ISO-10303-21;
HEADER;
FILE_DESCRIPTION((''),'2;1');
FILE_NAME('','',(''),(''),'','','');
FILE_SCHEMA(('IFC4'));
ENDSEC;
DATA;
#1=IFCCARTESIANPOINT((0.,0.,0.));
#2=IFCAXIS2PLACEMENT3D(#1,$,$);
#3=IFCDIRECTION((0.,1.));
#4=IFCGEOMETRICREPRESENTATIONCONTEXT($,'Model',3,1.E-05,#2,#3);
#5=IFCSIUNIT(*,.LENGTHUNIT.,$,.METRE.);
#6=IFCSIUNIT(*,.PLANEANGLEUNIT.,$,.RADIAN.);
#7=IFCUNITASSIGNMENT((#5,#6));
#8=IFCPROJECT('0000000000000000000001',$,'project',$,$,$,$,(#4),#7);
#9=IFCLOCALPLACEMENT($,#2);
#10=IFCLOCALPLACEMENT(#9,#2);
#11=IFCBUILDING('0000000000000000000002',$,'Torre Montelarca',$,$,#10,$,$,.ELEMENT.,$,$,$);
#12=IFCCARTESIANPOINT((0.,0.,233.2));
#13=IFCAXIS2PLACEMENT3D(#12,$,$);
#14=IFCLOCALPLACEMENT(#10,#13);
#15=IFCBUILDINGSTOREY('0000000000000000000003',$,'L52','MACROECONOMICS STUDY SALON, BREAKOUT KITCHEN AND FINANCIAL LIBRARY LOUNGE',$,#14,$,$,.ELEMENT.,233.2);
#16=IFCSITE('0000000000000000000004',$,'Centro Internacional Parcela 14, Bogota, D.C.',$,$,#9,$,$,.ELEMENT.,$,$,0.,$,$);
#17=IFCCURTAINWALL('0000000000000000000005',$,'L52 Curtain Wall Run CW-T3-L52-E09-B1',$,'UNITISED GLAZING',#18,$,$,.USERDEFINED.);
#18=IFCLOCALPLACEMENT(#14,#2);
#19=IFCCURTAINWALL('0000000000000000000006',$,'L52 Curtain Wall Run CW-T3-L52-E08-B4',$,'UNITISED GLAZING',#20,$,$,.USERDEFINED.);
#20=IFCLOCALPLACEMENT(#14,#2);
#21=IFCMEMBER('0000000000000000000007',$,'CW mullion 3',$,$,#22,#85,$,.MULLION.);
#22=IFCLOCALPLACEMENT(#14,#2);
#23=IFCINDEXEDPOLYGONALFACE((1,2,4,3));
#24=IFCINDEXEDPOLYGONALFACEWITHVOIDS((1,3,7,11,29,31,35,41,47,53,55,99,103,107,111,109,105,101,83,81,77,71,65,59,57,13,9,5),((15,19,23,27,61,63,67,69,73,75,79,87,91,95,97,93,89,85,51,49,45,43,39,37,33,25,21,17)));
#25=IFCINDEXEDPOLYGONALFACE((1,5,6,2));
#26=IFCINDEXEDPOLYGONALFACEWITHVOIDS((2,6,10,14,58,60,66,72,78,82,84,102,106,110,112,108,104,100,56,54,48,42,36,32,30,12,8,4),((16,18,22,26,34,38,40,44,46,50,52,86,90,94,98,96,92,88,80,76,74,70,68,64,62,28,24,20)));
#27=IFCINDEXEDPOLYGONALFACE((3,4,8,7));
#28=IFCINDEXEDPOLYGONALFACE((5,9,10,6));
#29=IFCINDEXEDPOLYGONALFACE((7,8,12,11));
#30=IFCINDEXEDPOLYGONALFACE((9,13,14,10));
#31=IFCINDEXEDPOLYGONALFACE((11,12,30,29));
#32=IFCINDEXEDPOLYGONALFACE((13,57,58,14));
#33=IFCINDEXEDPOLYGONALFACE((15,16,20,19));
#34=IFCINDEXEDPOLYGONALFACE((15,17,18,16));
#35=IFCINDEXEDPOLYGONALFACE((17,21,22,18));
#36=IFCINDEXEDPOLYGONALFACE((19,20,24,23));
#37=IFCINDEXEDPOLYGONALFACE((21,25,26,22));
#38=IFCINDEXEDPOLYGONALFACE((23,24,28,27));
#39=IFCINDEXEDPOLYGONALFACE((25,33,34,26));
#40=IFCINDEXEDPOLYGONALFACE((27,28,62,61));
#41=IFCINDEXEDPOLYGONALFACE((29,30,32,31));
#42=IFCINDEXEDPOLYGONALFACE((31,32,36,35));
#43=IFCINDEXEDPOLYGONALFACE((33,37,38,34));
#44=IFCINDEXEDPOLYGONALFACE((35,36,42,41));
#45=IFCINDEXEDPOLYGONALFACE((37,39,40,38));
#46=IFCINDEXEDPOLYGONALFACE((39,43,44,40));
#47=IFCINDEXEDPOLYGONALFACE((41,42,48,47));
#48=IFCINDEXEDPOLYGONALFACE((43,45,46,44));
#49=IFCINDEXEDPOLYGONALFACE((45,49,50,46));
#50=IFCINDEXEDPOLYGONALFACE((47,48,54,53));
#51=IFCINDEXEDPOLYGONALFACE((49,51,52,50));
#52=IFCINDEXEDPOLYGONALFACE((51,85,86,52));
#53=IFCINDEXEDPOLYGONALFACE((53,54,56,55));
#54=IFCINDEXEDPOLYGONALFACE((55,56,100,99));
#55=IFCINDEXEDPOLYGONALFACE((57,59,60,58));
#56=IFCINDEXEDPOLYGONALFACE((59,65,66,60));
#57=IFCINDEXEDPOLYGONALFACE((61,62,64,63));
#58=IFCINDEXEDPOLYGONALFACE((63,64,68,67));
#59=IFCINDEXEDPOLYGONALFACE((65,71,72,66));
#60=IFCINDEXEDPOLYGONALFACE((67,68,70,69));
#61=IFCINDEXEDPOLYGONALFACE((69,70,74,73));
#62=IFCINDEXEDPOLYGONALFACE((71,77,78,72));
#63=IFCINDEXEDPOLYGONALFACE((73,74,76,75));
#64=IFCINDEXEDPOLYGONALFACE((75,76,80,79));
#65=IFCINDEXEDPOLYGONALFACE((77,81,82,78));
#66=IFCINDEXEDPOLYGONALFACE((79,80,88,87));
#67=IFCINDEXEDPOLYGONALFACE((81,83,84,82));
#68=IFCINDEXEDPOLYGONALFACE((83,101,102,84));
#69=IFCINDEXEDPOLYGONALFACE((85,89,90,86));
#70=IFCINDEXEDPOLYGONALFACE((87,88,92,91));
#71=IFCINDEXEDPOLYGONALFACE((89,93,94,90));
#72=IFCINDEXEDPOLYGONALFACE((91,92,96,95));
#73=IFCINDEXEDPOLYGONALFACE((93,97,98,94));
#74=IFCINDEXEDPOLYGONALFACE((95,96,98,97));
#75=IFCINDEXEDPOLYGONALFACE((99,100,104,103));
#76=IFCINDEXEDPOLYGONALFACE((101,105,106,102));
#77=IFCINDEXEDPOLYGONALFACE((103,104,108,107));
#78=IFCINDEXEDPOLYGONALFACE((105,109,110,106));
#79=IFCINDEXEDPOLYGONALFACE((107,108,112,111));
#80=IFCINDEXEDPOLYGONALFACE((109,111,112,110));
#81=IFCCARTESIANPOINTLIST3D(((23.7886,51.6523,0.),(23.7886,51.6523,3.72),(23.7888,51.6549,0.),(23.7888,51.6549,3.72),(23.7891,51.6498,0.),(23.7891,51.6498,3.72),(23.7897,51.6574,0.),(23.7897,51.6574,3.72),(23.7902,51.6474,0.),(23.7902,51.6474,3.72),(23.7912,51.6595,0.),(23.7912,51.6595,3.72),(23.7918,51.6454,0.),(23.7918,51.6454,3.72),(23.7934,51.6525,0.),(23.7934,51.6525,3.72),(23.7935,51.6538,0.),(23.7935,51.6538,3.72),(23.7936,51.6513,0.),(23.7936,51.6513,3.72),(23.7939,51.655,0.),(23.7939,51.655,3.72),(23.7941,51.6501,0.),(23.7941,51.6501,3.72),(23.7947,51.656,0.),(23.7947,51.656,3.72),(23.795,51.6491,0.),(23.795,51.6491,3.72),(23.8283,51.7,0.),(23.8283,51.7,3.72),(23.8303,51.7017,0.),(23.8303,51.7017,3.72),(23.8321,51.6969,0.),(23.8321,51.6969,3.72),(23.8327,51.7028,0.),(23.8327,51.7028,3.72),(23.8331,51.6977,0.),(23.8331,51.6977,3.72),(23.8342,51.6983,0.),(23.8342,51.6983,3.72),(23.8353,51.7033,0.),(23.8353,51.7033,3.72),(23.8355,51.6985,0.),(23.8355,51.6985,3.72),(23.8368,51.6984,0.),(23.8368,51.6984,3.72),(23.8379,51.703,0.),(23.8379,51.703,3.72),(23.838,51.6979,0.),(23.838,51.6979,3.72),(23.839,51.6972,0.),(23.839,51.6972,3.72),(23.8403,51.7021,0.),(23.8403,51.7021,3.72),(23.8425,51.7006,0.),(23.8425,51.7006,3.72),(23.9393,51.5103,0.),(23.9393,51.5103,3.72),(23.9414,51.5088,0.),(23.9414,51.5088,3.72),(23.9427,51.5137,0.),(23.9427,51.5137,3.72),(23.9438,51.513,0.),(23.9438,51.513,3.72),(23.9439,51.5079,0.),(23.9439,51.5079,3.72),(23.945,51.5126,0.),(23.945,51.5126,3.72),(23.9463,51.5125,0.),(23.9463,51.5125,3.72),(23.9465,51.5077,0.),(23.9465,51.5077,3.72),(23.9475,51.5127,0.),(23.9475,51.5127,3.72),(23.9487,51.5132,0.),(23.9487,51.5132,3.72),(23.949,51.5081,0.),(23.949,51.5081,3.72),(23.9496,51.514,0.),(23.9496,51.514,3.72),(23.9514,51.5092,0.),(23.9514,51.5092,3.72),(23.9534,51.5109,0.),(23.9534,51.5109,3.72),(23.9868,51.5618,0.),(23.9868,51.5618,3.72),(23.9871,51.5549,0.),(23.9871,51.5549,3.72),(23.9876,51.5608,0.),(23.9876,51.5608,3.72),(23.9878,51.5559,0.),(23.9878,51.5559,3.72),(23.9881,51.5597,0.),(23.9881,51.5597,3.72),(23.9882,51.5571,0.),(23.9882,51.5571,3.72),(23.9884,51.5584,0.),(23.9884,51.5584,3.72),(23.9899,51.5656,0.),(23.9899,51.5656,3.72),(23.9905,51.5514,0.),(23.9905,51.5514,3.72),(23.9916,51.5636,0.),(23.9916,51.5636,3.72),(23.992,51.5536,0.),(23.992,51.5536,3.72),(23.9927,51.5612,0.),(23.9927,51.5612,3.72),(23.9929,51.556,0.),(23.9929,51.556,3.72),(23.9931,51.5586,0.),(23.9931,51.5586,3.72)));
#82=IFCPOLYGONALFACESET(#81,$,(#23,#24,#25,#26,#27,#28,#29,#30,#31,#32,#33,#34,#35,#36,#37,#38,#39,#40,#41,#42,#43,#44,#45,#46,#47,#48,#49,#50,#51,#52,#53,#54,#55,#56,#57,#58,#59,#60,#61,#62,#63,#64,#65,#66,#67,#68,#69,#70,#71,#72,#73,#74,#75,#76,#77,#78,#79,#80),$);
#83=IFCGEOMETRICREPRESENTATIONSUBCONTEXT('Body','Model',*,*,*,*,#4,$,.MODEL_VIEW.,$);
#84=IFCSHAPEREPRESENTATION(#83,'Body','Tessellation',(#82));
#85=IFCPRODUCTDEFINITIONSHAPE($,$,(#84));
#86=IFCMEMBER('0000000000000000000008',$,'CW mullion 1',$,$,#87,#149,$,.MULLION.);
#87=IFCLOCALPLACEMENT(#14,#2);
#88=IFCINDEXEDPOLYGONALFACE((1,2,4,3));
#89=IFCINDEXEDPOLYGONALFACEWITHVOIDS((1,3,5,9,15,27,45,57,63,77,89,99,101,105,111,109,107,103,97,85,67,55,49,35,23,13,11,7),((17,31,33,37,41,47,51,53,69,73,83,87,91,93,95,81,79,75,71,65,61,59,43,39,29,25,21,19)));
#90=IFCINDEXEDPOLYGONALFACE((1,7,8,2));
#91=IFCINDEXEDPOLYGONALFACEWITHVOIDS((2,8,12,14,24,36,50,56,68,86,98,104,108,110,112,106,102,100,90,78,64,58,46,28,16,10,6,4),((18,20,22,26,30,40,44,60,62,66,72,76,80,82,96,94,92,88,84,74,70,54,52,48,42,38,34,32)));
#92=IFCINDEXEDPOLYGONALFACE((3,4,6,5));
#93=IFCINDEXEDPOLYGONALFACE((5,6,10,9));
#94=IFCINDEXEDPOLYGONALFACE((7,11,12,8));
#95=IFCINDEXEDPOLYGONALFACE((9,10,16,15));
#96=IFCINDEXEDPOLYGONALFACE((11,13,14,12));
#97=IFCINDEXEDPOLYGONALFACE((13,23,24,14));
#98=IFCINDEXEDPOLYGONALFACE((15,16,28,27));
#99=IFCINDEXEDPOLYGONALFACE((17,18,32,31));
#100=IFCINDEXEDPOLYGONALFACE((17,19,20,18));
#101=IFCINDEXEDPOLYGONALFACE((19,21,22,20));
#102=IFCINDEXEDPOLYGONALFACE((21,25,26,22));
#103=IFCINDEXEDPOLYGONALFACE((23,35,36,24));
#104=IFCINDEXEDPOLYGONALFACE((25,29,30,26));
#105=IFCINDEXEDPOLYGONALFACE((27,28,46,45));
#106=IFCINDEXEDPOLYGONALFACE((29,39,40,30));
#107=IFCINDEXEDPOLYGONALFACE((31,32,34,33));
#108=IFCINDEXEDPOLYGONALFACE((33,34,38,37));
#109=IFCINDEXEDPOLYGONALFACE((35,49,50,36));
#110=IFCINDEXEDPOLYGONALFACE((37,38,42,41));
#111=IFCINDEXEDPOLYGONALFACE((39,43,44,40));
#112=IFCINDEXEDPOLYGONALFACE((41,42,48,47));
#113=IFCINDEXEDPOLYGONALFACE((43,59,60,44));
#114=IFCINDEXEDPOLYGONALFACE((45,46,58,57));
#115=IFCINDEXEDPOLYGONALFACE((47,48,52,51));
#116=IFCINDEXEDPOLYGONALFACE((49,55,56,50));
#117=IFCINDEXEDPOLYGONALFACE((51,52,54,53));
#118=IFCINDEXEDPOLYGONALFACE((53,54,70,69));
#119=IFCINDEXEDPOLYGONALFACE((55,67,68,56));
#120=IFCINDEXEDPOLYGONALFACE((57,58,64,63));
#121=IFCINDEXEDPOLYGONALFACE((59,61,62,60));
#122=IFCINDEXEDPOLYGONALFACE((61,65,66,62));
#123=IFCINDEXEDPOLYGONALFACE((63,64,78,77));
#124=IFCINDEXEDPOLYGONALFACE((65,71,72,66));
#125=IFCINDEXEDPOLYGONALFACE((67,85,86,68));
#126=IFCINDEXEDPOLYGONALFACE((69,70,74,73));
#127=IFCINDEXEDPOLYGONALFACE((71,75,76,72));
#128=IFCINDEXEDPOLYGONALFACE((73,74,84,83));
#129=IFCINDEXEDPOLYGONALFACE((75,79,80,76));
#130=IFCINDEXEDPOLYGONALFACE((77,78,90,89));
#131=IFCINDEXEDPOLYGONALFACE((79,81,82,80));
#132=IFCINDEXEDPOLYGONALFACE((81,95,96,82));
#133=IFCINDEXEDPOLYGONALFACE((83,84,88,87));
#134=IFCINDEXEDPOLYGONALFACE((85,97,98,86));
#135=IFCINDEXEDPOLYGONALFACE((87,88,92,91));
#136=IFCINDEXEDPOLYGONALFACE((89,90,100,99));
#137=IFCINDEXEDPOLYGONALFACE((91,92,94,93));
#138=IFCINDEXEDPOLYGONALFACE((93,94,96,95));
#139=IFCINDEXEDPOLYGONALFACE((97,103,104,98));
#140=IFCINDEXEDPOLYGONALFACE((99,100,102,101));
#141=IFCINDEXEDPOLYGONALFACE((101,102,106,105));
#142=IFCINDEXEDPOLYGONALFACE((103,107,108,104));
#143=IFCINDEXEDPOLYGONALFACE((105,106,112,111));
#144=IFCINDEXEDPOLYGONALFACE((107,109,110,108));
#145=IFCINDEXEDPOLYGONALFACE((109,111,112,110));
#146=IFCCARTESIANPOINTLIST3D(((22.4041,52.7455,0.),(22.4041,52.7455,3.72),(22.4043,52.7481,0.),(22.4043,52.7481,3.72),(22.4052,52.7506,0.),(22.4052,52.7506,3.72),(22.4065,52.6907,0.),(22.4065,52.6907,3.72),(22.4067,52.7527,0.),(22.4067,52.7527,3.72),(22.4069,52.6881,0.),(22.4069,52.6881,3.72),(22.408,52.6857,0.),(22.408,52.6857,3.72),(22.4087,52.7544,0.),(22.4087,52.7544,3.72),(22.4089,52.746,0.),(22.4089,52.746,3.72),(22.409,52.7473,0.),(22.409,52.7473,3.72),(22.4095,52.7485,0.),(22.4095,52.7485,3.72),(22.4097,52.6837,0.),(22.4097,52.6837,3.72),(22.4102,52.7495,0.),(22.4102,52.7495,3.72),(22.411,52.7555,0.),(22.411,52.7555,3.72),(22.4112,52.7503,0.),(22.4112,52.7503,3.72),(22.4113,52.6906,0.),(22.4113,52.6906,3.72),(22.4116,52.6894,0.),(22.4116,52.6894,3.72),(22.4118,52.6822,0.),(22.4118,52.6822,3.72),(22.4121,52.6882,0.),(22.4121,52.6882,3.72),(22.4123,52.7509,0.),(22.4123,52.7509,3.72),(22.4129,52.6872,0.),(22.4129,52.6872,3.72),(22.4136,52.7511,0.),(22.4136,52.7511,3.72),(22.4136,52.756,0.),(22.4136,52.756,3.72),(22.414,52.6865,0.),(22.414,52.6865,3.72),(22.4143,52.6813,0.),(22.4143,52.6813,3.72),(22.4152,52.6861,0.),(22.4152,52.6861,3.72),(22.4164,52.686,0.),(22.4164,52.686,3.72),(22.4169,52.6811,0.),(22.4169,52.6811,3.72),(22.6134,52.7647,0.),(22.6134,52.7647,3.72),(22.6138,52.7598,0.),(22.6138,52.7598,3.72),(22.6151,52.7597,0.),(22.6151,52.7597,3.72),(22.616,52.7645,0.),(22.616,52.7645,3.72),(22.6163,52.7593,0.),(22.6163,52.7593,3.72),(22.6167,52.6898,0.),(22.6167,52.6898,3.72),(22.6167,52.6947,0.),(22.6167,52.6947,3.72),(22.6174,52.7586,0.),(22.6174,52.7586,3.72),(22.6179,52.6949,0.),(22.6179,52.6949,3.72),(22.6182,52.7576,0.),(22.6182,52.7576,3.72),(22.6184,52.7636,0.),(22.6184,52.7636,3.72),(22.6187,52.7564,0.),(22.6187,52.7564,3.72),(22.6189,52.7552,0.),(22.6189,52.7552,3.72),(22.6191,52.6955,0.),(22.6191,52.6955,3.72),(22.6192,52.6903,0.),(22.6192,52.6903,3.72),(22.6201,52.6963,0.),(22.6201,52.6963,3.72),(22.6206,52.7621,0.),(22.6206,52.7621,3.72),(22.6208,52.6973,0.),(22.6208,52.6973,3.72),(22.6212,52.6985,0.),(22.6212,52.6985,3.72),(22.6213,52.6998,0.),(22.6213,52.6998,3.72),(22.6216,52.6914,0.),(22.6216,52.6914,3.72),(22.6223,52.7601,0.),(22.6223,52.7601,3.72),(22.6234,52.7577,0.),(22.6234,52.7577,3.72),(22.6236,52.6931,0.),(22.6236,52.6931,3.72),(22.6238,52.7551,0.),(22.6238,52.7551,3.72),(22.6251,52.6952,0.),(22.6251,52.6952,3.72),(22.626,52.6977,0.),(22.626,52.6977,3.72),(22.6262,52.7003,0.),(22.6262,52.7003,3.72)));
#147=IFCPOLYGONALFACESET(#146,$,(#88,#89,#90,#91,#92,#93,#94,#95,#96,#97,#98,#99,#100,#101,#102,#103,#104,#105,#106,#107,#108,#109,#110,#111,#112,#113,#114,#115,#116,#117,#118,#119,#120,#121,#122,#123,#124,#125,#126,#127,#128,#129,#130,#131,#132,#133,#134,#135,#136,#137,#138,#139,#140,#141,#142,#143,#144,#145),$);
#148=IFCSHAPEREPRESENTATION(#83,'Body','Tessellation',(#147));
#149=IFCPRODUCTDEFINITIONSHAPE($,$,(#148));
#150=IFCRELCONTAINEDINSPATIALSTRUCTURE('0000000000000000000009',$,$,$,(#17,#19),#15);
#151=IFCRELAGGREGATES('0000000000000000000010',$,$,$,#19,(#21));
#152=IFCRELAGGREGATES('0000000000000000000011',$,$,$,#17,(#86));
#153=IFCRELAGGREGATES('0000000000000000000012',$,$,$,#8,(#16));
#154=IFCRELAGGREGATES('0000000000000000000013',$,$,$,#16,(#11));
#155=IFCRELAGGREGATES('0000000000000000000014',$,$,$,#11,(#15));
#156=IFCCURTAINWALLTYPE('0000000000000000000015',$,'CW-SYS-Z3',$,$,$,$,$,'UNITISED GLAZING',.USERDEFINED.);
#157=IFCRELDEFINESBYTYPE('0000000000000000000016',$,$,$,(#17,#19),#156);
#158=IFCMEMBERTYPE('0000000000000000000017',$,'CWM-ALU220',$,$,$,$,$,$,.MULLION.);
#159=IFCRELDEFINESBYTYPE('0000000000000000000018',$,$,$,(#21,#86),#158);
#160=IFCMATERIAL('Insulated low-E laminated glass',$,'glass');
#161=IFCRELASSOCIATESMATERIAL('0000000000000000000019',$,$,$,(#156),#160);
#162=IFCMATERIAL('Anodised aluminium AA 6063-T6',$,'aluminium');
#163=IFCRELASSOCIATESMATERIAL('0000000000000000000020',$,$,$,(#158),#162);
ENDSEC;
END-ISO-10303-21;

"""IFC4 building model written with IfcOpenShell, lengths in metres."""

from ifc_helpers import new_model, si_unit, direction, frame, origin, origin_2d, place, context, subcontext, project, spatial, hollow_rectangle, extrude, source, transform, mapped, material, material_profile, profile_set, type_object, element, aggregate, save


model = new_model("IFC4")

# Units and contexts
model_context = context("Model", 3, precision=1e-05, world=origin(), true_north=direction((0.0, 1.0)))
body_context = subcontext(model_context, "Body", "Model", "MODEL_VIEW")
ifc_project = project(units=[si_unit("LENGTHUNIT", "METRE"), si_unit("PLANEANGLEUNIT", "RADIAN")], contexts=[model_context])

# Site, building, storey
site_placement = place(None, origin())
site = spatial("IfcSite", under=ifc_project, at=site_placement, Name="Centro Internacional Parcela 14, Bogota, D.C.", CompositionType="ELEMENT", RefElevation=0.0)
building_placement = place(site_placement, origin())
building = spatial("IfcBuilding", under=site, at=building_placement, Name="Torre Montelarca", CompositionType="ELEMENT")
storey_placement = place(building_placement, frame((0.0, 0.0, 233.2)))
storey = spatial("IfcBuildingStorey", under=building, at=storey_placement, Name="L52", Description="MACROECONOMICS STUDY SALON, BREAKOUT KITCHEN AND FINANCIAL LIBRARY LOUNGE", CompositionType="ELEMENT", Elevation=233.2)

# Curtain walls, member
ifc_material_1 = material(Name="Insulated low-E laminated glass", Category="glass")
curtain_wall_type = type_object("IfcCurtainWallType", Name="CW-SYS-Z3", ElementType="UNITISED GLAZING", PredefinedType="USERDEFINED", material=ifc_material_1)
curtain_wall_1_placement = place(storey_placement, origin())
curtain_wall_1 = element("IfcCurtainWall", 1, at=curtain_wall_1_placement, inside=storey, type_object=curtain_wall_type, Name="L52 Curtain Wall Run CW-T3-L52-E09-B1", ObjectType="UNITISED GLAZING", PredefinedType="USERDEFINED")
ifc_material_2 = material(Name="Anodised aluminium AA 6063-T6", Category="aluminium")
curtain_wall_2_placement = place(storey_placement, origin())
curtain_wall_2 = element("IfcCurtainWall", 2, at=curtain_wall_2_placement, inside=storey, type_object=curtain_wall_type, Name="L52 Curtain Wall Run CW-T3-L52-E08-B4", ObjectType="UNITISED GLAZING", PredefinedType="USERDEFINED")
ifc_material_profile_1 = material_profile(ifc_material_2, hollow_rectangle(XDim=0.075, YDim=0.22, WallThickness=0.0049, InnerFilletRadius=0.0049, OuterFilletRadius=0.01, at=origin_2d()), Name="ALU75X220X5", Category="aluminium")
ifc_profile_set_1 = profile_set([ifc_material_profile_1], Name="Anodised aluminium AA 6063-T6")
member_type_1 = type_object("IfcMemberType", Name="CWM-ALU220", PredefinedType="MULLION", material=ifc_profile_set_1)
shared_shape_1 = source(origin(), body_context, "Body", "SweptSolid", [
    extrude(hollow_rectangle(XDim=0.075, YDim=0.22, WallThickness=0.0049, InnerFilletRadius=0.0049, OuterFilletRadius=0.01, at=origin_2d()), origin(), (0.0, 0.0, 1.0), 3.72),
])
member_1_placement = place(storey_placement, frame((23.8909, 51.6055, 0.0), z_axis=(0.0, 0.0, 1.0), x_axis=(-0.675596, -0.737272, 0.0)))
member_1 = element("IfcMember", 3, at=member_1_placement, type_object=member_type_1, Name="CW mullion 3", PredefinedType="MULLION", context=body_context, shape_type="MappedRepresentation", body=[
    mapped(shared_shape_1, transform((0.0, 0.0, 0.0), scale=1.0)),
])

# Member
member_2_placement = place(storey_placement, frame((22.5151, 52.7229, 0.0), z_axis=(0.0, 0.0, 1.0), x_axis=(0.043616, -0.999048, 0.0)))
member_2 = element("IfcMember", 4, at=member_2_placement, type_object=member_type_1, Name="CW mullion 1", PredefinedType="MULLION", context=body_context, shape_type="MappedRepresentation", body=[
    mapped(shared_shape_1, transform((0.0, 0.0, 0.0), scale=1.0)),
])

aggregate(curtain_wall_2, [member_1])
aggregate(curtain_wall_1, [member_2])

save(model, "model.ifc")
